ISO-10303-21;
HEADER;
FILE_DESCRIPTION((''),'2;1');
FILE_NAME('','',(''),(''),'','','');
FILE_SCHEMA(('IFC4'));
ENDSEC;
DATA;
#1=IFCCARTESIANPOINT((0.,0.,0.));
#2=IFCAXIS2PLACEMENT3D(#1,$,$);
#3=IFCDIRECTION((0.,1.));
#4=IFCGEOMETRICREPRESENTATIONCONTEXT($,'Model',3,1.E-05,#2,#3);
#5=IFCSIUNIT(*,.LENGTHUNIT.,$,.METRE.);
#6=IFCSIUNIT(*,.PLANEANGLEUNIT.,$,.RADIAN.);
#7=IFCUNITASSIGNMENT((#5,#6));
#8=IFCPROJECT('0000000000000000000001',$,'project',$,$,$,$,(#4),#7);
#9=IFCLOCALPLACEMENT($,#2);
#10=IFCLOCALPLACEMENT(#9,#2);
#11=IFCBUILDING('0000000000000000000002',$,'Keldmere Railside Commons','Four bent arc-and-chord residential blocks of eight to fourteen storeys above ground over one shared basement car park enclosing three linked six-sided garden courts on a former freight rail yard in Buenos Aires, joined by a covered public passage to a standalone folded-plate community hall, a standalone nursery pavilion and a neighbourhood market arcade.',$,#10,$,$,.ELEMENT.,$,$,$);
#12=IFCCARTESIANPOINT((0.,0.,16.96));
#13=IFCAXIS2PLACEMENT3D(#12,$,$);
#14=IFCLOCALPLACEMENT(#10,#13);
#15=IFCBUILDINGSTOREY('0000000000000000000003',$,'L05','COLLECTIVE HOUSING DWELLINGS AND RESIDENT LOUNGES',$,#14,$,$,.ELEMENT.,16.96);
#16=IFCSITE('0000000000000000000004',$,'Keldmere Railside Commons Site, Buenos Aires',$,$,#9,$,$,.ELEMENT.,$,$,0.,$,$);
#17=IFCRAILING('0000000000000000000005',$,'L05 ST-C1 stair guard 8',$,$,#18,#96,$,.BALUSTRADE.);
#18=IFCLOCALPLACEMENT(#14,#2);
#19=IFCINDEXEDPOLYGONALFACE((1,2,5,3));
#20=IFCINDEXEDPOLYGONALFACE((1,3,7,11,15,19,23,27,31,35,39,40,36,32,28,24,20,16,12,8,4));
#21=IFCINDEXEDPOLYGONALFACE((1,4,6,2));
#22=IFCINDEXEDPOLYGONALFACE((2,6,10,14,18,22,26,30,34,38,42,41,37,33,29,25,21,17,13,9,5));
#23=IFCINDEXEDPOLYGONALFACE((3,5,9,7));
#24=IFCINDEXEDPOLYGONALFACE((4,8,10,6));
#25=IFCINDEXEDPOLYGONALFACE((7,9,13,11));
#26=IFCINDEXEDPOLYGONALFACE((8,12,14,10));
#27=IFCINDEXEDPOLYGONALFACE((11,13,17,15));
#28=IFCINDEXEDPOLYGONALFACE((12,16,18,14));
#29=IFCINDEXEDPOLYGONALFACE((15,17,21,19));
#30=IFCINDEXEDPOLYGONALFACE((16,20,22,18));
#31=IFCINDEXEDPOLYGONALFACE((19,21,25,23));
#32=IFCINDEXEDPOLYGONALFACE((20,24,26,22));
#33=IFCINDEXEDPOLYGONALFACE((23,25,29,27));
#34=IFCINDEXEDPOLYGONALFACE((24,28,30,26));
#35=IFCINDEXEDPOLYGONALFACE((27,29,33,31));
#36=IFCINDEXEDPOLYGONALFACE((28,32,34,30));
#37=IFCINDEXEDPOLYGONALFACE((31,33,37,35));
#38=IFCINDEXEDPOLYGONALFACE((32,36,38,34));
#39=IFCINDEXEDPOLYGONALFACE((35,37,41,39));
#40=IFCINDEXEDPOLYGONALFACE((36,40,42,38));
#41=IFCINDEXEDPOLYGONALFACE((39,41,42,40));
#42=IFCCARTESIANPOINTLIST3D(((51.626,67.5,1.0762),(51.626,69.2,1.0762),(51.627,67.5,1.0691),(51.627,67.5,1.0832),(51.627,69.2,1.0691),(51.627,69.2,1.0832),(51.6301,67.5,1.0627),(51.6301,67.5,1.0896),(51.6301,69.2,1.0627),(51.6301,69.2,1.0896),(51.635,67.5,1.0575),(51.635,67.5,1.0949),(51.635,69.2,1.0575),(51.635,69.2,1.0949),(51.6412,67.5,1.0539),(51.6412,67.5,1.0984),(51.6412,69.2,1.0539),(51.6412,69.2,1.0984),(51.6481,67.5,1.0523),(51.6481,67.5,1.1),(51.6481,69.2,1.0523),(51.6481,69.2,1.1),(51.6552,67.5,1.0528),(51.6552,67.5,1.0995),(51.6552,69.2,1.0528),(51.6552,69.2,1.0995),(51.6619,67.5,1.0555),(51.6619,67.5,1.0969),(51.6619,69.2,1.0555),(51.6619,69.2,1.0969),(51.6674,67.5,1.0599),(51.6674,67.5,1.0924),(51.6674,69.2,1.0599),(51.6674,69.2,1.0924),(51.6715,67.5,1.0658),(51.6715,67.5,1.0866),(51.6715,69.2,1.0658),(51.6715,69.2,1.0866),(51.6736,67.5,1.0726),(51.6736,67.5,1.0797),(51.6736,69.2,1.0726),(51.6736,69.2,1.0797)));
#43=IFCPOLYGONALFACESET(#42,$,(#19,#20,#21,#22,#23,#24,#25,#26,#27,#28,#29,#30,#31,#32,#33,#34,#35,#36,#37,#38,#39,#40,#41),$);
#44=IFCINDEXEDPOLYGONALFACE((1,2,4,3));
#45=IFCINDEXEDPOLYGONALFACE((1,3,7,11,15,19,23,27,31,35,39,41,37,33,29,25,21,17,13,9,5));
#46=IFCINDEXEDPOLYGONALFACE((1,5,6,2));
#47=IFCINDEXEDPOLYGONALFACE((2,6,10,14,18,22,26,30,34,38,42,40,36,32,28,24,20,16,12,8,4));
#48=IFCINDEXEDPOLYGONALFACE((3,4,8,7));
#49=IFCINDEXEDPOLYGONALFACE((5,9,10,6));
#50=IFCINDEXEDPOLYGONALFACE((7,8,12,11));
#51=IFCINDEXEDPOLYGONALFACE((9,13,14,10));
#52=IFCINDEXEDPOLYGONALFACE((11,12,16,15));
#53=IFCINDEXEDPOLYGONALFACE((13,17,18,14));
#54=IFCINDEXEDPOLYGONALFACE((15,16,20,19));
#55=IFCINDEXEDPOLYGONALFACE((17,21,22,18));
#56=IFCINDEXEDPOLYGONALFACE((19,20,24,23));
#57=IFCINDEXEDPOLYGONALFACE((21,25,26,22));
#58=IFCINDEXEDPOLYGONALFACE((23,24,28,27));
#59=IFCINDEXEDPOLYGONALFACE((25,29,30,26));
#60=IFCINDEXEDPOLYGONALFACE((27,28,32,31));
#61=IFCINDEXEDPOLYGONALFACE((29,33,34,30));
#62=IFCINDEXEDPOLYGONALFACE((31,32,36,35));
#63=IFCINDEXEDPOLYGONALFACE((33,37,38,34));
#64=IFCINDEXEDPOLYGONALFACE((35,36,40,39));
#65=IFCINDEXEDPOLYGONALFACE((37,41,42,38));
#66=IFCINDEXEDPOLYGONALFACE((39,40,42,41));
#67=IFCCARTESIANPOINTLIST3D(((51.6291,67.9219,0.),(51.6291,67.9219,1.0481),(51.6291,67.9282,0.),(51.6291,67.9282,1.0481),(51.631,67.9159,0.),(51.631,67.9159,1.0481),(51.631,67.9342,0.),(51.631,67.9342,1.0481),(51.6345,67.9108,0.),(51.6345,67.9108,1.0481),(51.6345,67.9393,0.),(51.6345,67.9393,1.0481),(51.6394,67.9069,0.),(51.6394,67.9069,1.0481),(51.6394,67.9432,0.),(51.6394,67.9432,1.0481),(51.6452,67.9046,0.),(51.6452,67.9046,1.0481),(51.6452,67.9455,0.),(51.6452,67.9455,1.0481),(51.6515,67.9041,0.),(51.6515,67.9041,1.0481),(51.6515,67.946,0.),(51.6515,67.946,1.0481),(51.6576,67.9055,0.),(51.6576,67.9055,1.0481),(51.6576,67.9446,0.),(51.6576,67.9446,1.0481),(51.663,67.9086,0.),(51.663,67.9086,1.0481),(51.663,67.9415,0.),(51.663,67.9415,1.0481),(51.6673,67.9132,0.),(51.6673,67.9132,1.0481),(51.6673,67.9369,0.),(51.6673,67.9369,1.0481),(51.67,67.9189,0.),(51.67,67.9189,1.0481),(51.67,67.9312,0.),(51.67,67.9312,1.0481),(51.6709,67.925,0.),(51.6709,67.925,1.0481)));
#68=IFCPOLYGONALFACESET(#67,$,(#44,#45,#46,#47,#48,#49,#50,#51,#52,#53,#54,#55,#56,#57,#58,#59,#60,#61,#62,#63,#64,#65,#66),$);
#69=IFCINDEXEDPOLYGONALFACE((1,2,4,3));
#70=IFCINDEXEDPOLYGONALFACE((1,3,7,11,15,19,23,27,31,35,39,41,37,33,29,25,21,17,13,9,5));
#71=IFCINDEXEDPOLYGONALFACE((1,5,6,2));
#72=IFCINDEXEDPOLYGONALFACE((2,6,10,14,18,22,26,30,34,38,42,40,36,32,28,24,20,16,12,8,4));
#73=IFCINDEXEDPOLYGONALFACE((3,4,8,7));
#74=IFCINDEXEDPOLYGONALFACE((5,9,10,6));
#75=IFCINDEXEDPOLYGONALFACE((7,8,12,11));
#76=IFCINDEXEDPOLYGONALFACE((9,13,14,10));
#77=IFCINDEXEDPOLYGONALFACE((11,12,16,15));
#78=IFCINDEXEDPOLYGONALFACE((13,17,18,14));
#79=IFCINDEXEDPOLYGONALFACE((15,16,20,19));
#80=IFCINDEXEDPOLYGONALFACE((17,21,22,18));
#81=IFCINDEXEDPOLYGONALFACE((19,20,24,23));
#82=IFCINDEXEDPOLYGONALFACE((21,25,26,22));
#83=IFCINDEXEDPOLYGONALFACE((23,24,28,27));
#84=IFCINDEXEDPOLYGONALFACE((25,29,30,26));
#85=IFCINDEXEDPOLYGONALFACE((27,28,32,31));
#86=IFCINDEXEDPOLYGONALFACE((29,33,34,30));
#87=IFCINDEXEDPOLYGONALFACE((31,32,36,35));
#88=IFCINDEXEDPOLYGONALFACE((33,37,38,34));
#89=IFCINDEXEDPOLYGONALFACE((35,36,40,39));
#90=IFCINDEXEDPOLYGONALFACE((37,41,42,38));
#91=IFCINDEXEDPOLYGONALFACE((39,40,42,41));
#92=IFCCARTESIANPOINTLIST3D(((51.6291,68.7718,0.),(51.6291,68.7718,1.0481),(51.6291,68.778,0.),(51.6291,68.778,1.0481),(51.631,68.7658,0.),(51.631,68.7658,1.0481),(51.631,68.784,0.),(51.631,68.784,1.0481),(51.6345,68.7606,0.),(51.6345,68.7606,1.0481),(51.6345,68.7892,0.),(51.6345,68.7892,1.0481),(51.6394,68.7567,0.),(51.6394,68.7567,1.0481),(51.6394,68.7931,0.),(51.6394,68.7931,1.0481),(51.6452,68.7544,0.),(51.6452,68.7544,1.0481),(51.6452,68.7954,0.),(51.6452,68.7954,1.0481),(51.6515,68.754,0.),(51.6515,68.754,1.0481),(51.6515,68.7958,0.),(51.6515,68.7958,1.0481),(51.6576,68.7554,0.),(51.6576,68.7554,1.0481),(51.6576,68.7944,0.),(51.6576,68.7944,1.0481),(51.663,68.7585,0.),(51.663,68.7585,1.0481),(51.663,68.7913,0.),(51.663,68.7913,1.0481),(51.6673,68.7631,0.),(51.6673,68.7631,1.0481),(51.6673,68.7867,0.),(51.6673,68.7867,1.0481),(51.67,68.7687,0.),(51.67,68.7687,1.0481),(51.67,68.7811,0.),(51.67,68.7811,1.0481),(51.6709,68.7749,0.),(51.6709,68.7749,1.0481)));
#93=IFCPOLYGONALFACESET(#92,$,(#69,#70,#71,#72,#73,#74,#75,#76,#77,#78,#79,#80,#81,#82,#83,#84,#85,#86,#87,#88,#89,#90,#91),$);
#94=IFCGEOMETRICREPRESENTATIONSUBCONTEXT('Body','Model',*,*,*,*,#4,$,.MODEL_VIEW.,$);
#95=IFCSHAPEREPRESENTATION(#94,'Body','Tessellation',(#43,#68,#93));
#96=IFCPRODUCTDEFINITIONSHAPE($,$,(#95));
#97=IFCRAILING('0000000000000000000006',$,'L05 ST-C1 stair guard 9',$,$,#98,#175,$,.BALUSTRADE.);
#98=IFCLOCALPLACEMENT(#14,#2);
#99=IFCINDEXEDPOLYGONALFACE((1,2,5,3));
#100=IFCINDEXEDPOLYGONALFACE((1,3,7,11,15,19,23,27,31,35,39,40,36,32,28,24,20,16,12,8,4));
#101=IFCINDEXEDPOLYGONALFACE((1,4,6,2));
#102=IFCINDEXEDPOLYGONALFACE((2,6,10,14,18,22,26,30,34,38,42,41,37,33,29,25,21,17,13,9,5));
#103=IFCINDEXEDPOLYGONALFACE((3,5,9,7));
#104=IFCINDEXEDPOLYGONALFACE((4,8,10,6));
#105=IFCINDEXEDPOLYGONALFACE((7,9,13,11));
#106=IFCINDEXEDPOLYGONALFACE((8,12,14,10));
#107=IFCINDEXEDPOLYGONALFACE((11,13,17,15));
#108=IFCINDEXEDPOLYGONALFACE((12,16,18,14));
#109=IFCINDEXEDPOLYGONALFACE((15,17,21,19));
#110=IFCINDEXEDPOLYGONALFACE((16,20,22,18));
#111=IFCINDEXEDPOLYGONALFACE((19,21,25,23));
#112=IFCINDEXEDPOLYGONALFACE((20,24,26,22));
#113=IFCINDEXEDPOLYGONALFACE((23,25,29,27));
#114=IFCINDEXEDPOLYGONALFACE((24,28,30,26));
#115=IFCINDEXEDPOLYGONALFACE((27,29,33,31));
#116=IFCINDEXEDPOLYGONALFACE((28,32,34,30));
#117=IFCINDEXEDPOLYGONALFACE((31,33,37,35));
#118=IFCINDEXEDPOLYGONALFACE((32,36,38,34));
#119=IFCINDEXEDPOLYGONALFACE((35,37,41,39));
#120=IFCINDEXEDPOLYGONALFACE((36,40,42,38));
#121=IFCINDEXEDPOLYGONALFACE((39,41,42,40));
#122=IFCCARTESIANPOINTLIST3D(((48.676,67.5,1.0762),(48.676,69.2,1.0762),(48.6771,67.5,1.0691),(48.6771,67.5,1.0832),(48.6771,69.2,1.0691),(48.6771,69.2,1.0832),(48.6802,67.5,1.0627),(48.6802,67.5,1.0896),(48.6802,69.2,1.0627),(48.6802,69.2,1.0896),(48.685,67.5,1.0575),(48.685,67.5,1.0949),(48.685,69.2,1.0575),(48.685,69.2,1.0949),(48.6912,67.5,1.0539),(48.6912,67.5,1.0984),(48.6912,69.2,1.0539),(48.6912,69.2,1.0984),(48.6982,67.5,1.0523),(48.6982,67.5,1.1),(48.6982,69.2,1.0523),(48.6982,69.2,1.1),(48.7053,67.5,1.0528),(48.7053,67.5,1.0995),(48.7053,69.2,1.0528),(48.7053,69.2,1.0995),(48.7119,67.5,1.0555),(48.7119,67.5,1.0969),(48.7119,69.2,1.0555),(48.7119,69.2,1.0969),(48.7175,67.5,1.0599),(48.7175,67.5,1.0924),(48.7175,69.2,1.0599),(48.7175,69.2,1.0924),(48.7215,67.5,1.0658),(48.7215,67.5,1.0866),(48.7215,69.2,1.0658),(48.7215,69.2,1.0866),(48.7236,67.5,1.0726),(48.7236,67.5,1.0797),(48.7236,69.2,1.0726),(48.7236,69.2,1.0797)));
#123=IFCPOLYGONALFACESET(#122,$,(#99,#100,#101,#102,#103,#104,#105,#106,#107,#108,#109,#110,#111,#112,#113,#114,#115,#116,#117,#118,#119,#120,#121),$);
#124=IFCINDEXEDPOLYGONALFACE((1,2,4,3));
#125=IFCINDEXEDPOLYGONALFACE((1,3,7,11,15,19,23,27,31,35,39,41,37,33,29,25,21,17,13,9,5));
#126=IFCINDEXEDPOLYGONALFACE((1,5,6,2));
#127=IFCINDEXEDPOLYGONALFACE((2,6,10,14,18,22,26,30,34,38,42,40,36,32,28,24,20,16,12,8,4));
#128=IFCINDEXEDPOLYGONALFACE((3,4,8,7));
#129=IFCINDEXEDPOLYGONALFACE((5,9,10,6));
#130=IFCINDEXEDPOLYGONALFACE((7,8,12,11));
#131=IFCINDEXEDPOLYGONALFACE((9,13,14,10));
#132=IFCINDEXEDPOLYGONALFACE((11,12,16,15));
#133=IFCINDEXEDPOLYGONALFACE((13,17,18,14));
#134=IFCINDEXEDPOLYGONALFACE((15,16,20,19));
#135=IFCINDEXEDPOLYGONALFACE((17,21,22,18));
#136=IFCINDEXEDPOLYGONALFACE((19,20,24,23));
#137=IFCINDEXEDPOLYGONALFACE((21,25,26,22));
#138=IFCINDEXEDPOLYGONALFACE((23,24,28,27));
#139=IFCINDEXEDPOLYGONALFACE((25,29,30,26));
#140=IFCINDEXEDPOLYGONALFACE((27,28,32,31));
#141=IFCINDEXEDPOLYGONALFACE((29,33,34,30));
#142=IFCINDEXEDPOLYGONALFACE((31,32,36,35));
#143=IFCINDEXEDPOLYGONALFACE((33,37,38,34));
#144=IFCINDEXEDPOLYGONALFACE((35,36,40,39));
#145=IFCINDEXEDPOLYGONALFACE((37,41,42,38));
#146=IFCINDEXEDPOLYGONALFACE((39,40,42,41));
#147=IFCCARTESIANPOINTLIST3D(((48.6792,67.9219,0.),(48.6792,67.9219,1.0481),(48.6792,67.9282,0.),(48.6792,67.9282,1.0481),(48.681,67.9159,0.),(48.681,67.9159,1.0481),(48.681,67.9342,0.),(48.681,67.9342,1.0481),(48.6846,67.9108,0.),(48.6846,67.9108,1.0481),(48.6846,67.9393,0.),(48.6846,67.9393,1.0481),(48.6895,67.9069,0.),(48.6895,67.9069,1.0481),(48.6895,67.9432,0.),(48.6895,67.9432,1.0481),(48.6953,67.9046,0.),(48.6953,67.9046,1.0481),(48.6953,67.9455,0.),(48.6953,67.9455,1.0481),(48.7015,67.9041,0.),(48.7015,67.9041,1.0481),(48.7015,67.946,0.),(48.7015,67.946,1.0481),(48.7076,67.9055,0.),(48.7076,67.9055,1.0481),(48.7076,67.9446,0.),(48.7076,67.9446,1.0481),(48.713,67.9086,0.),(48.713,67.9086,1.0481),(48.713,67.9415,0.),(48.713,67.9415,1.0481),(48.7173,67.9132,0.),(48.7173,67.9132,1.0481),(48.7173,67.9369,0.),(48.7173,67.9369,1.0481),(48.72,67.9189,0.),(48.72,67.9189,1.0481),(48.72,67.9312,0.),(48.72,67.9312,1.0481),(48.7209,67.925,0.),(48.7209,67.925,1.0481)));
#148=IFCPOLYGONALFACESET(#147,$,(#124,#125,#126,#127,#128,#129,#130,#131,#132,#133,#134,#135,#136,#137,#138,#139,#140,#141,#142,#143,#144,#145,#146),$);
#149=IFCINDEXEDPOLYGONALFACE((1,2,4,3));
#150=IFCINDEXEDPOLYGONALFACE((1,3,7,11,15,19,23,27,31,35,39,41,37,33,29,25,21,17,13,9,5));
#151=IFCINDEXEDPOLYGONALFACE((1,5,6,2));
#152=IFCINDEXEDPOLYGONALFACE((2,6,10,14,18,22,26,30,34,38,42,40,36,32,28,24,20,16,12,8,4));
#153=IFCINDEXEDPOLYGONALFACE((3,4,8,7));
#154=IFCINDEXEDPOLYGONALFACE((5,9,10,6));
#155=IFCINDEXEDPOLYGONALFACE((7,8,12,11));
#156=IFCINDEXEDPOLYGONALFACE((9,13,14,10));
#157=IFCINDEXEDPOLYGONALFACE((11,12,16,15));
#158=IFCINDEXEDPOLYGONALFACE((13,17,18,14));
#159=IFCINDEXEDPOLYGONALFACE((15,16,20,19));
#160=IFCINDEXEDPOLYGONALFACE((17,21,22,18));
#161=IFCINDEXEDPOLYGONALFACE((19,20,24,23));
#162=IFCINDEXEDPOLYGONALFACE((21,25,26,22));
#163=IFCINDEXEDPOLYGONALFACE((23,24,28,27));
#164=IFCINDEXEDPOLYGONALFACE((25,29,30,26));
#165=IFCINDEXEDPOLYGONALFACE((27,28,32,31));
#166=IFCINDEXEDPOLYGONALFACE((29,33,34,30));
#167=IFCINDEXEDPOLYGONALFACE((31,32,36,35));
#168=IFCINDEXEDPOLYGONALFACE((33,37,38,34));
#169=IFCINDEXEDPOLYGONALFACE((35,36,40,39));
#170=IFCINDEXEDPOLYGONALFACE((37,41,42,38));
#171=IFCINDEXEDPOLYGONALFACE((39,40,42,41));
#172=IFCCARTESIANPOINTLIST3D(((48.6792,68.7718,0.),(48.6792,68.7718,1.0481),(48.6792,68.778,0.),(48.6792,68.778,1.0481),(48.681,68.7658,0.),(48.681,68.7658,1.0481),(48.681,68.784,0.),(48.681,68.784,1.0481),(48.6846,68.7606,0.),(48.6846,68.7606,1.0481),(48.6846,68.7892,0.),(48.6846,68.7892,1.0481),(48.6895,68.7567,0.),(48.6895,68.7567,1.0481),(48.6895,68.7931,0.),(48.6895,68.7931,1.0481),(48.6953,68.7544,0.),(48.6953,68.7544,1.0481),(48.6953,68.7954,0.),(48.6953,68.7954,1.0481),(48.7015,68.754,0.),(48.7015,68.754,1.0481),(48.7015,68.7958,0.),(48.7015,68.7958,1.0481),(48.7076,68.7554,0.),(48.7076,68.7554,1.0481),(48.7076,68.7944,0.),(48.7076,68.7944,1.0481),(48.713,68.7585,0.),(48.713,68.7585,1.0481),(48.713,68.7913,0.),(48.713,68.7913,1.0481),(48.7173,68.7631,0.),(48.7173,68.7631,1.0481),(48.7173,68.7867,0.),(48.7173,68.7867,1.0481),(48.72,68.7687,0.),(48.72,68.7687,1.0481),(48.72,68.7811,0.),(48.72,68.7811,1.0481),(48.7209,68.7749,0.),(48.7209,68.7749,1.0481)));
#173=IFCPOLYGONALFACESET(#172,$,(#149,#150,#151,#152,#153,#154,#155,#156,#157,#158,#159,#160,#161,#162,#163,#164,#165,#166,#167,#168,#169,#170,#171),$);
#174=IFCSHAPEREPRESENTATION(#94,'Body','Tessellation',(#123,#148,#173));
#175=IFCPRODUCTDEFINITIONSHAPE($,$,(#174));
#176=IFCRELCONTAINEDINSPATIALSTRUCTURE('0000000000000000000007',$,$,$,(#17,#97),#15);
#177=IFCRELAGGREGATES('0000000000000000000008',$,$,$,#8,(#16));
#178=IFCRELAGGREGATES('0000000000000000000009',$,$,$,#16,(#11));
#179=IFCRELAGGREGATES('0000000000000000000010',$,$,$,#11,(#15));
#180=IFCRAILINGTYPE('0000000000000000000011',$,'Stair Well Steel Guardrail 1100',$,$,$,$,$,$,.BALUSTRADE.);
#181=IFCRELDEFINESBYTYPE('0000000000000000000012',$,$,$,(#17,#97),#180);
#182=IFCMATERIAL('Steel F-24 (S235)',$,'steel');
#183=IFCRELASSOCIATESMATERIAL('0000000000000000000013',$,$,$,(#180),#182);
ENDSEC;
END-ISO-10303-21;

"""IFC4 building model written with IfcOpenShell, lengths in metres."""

from ifc_helpers import new_model, si_unit, direction, frame, origin, origin_2d, place, context, subcontext, project, spatial, circle, extrude, material, type_object, element, save


model = new_model("IFC4")

# Units and contexts
model_context = context("Model", 3, precision=1e-05, world=origin(), true_north=direction((0.0, 1.0)))
body_context = subcontext(model_context, "Body", "Model", "MODEL_VIEW")
ifc_project = project(units=[si_unit("LENGTHUNIT", "METRE"), si_unit("PLANEANGLEUNIT", "RADIAN")], contexts=[model_context])

# Site, building, storey
site_placement = place(None, origin())
site = spatial("IfcSite", under=ifc_project, at=site_placement, Name="Keldmere Railside Commons Site, Buenos Aires", CompositionType="ELEMENT", RefElevation=0.0)
building_placement = place(site_placement, origin())
building = spatial("IfcBuilding", under=site, at=building_placement, Name="Keldmere Railside Commons", Description="Four bent arc-and-chord residential blocks of eight to fourteen storeys above ground over one shared basement car park enclosing three linked six-sided garden courts on a former freight rail yard in Buenos Aires, joined by a covered public passage to a standalone folded-plate community hall, a standalone nursery pavilion and a neighbourhood market arcade.", CompositionType="ELEMENT")
storey_placement = place(building_placement, frame((0.0, 0.0, 16.96)))
storey = spatial("IfcBuildingStorey", under=building, at=storey_placement, Name="L05", Description="COLLECTIVE HOUSING DWELLINGS AND RESIDENT LOUNGES", CompositionType="ELEMENT", Elevation=16.96)

# Railings
ifc_material_1 = material(Name="Steel F-24 (S235)", Category="steel")
railing_type_1 = type_object("IfcRailingType", Name="Stair Well Steel Guardrail 1100", PredefinedType="BALUSTRADE", material=ifc_material_1)
for number, where, name in (
    (1, (51.6499, 67.5, 0.0), "L05 ST-C1 stair guard 8"),
    (2, (48.7, 67.5, 0.0), "L05 ST-C1 stair guard 9"),
):
    element("IfcRailing", number, at=place(storey_placement, frame(where)), inside=storey, type_object=railing_type_1, Name=name, PredefinedType="BALUSTRADE", context=body_context, shape_type="SweptSolid", body=[
        extrude(circle(Radius=0.0239, at=origin_2d()), frame((0.0, 0.0, 1.0762), z_axis=(0.0, 1.0, 0.0), x_axis=(-1.0, 0.0, 0.0)), (0.0, 0.0, 1.0), 1.7),
        extrude(circle(Radius=0.021, at=origin_2d()), frame((0.0, 0.425, 0.0)), (0.0, 0.0, 1.0), 1.0481),
        extrude(circle(Radius=0.021, at=origin_2d()), frame((0.0, 1.2749, 0.0)), (0.0, 0.0, 1.0), 1.0481),
    ])

save(model, "model.ifc")
